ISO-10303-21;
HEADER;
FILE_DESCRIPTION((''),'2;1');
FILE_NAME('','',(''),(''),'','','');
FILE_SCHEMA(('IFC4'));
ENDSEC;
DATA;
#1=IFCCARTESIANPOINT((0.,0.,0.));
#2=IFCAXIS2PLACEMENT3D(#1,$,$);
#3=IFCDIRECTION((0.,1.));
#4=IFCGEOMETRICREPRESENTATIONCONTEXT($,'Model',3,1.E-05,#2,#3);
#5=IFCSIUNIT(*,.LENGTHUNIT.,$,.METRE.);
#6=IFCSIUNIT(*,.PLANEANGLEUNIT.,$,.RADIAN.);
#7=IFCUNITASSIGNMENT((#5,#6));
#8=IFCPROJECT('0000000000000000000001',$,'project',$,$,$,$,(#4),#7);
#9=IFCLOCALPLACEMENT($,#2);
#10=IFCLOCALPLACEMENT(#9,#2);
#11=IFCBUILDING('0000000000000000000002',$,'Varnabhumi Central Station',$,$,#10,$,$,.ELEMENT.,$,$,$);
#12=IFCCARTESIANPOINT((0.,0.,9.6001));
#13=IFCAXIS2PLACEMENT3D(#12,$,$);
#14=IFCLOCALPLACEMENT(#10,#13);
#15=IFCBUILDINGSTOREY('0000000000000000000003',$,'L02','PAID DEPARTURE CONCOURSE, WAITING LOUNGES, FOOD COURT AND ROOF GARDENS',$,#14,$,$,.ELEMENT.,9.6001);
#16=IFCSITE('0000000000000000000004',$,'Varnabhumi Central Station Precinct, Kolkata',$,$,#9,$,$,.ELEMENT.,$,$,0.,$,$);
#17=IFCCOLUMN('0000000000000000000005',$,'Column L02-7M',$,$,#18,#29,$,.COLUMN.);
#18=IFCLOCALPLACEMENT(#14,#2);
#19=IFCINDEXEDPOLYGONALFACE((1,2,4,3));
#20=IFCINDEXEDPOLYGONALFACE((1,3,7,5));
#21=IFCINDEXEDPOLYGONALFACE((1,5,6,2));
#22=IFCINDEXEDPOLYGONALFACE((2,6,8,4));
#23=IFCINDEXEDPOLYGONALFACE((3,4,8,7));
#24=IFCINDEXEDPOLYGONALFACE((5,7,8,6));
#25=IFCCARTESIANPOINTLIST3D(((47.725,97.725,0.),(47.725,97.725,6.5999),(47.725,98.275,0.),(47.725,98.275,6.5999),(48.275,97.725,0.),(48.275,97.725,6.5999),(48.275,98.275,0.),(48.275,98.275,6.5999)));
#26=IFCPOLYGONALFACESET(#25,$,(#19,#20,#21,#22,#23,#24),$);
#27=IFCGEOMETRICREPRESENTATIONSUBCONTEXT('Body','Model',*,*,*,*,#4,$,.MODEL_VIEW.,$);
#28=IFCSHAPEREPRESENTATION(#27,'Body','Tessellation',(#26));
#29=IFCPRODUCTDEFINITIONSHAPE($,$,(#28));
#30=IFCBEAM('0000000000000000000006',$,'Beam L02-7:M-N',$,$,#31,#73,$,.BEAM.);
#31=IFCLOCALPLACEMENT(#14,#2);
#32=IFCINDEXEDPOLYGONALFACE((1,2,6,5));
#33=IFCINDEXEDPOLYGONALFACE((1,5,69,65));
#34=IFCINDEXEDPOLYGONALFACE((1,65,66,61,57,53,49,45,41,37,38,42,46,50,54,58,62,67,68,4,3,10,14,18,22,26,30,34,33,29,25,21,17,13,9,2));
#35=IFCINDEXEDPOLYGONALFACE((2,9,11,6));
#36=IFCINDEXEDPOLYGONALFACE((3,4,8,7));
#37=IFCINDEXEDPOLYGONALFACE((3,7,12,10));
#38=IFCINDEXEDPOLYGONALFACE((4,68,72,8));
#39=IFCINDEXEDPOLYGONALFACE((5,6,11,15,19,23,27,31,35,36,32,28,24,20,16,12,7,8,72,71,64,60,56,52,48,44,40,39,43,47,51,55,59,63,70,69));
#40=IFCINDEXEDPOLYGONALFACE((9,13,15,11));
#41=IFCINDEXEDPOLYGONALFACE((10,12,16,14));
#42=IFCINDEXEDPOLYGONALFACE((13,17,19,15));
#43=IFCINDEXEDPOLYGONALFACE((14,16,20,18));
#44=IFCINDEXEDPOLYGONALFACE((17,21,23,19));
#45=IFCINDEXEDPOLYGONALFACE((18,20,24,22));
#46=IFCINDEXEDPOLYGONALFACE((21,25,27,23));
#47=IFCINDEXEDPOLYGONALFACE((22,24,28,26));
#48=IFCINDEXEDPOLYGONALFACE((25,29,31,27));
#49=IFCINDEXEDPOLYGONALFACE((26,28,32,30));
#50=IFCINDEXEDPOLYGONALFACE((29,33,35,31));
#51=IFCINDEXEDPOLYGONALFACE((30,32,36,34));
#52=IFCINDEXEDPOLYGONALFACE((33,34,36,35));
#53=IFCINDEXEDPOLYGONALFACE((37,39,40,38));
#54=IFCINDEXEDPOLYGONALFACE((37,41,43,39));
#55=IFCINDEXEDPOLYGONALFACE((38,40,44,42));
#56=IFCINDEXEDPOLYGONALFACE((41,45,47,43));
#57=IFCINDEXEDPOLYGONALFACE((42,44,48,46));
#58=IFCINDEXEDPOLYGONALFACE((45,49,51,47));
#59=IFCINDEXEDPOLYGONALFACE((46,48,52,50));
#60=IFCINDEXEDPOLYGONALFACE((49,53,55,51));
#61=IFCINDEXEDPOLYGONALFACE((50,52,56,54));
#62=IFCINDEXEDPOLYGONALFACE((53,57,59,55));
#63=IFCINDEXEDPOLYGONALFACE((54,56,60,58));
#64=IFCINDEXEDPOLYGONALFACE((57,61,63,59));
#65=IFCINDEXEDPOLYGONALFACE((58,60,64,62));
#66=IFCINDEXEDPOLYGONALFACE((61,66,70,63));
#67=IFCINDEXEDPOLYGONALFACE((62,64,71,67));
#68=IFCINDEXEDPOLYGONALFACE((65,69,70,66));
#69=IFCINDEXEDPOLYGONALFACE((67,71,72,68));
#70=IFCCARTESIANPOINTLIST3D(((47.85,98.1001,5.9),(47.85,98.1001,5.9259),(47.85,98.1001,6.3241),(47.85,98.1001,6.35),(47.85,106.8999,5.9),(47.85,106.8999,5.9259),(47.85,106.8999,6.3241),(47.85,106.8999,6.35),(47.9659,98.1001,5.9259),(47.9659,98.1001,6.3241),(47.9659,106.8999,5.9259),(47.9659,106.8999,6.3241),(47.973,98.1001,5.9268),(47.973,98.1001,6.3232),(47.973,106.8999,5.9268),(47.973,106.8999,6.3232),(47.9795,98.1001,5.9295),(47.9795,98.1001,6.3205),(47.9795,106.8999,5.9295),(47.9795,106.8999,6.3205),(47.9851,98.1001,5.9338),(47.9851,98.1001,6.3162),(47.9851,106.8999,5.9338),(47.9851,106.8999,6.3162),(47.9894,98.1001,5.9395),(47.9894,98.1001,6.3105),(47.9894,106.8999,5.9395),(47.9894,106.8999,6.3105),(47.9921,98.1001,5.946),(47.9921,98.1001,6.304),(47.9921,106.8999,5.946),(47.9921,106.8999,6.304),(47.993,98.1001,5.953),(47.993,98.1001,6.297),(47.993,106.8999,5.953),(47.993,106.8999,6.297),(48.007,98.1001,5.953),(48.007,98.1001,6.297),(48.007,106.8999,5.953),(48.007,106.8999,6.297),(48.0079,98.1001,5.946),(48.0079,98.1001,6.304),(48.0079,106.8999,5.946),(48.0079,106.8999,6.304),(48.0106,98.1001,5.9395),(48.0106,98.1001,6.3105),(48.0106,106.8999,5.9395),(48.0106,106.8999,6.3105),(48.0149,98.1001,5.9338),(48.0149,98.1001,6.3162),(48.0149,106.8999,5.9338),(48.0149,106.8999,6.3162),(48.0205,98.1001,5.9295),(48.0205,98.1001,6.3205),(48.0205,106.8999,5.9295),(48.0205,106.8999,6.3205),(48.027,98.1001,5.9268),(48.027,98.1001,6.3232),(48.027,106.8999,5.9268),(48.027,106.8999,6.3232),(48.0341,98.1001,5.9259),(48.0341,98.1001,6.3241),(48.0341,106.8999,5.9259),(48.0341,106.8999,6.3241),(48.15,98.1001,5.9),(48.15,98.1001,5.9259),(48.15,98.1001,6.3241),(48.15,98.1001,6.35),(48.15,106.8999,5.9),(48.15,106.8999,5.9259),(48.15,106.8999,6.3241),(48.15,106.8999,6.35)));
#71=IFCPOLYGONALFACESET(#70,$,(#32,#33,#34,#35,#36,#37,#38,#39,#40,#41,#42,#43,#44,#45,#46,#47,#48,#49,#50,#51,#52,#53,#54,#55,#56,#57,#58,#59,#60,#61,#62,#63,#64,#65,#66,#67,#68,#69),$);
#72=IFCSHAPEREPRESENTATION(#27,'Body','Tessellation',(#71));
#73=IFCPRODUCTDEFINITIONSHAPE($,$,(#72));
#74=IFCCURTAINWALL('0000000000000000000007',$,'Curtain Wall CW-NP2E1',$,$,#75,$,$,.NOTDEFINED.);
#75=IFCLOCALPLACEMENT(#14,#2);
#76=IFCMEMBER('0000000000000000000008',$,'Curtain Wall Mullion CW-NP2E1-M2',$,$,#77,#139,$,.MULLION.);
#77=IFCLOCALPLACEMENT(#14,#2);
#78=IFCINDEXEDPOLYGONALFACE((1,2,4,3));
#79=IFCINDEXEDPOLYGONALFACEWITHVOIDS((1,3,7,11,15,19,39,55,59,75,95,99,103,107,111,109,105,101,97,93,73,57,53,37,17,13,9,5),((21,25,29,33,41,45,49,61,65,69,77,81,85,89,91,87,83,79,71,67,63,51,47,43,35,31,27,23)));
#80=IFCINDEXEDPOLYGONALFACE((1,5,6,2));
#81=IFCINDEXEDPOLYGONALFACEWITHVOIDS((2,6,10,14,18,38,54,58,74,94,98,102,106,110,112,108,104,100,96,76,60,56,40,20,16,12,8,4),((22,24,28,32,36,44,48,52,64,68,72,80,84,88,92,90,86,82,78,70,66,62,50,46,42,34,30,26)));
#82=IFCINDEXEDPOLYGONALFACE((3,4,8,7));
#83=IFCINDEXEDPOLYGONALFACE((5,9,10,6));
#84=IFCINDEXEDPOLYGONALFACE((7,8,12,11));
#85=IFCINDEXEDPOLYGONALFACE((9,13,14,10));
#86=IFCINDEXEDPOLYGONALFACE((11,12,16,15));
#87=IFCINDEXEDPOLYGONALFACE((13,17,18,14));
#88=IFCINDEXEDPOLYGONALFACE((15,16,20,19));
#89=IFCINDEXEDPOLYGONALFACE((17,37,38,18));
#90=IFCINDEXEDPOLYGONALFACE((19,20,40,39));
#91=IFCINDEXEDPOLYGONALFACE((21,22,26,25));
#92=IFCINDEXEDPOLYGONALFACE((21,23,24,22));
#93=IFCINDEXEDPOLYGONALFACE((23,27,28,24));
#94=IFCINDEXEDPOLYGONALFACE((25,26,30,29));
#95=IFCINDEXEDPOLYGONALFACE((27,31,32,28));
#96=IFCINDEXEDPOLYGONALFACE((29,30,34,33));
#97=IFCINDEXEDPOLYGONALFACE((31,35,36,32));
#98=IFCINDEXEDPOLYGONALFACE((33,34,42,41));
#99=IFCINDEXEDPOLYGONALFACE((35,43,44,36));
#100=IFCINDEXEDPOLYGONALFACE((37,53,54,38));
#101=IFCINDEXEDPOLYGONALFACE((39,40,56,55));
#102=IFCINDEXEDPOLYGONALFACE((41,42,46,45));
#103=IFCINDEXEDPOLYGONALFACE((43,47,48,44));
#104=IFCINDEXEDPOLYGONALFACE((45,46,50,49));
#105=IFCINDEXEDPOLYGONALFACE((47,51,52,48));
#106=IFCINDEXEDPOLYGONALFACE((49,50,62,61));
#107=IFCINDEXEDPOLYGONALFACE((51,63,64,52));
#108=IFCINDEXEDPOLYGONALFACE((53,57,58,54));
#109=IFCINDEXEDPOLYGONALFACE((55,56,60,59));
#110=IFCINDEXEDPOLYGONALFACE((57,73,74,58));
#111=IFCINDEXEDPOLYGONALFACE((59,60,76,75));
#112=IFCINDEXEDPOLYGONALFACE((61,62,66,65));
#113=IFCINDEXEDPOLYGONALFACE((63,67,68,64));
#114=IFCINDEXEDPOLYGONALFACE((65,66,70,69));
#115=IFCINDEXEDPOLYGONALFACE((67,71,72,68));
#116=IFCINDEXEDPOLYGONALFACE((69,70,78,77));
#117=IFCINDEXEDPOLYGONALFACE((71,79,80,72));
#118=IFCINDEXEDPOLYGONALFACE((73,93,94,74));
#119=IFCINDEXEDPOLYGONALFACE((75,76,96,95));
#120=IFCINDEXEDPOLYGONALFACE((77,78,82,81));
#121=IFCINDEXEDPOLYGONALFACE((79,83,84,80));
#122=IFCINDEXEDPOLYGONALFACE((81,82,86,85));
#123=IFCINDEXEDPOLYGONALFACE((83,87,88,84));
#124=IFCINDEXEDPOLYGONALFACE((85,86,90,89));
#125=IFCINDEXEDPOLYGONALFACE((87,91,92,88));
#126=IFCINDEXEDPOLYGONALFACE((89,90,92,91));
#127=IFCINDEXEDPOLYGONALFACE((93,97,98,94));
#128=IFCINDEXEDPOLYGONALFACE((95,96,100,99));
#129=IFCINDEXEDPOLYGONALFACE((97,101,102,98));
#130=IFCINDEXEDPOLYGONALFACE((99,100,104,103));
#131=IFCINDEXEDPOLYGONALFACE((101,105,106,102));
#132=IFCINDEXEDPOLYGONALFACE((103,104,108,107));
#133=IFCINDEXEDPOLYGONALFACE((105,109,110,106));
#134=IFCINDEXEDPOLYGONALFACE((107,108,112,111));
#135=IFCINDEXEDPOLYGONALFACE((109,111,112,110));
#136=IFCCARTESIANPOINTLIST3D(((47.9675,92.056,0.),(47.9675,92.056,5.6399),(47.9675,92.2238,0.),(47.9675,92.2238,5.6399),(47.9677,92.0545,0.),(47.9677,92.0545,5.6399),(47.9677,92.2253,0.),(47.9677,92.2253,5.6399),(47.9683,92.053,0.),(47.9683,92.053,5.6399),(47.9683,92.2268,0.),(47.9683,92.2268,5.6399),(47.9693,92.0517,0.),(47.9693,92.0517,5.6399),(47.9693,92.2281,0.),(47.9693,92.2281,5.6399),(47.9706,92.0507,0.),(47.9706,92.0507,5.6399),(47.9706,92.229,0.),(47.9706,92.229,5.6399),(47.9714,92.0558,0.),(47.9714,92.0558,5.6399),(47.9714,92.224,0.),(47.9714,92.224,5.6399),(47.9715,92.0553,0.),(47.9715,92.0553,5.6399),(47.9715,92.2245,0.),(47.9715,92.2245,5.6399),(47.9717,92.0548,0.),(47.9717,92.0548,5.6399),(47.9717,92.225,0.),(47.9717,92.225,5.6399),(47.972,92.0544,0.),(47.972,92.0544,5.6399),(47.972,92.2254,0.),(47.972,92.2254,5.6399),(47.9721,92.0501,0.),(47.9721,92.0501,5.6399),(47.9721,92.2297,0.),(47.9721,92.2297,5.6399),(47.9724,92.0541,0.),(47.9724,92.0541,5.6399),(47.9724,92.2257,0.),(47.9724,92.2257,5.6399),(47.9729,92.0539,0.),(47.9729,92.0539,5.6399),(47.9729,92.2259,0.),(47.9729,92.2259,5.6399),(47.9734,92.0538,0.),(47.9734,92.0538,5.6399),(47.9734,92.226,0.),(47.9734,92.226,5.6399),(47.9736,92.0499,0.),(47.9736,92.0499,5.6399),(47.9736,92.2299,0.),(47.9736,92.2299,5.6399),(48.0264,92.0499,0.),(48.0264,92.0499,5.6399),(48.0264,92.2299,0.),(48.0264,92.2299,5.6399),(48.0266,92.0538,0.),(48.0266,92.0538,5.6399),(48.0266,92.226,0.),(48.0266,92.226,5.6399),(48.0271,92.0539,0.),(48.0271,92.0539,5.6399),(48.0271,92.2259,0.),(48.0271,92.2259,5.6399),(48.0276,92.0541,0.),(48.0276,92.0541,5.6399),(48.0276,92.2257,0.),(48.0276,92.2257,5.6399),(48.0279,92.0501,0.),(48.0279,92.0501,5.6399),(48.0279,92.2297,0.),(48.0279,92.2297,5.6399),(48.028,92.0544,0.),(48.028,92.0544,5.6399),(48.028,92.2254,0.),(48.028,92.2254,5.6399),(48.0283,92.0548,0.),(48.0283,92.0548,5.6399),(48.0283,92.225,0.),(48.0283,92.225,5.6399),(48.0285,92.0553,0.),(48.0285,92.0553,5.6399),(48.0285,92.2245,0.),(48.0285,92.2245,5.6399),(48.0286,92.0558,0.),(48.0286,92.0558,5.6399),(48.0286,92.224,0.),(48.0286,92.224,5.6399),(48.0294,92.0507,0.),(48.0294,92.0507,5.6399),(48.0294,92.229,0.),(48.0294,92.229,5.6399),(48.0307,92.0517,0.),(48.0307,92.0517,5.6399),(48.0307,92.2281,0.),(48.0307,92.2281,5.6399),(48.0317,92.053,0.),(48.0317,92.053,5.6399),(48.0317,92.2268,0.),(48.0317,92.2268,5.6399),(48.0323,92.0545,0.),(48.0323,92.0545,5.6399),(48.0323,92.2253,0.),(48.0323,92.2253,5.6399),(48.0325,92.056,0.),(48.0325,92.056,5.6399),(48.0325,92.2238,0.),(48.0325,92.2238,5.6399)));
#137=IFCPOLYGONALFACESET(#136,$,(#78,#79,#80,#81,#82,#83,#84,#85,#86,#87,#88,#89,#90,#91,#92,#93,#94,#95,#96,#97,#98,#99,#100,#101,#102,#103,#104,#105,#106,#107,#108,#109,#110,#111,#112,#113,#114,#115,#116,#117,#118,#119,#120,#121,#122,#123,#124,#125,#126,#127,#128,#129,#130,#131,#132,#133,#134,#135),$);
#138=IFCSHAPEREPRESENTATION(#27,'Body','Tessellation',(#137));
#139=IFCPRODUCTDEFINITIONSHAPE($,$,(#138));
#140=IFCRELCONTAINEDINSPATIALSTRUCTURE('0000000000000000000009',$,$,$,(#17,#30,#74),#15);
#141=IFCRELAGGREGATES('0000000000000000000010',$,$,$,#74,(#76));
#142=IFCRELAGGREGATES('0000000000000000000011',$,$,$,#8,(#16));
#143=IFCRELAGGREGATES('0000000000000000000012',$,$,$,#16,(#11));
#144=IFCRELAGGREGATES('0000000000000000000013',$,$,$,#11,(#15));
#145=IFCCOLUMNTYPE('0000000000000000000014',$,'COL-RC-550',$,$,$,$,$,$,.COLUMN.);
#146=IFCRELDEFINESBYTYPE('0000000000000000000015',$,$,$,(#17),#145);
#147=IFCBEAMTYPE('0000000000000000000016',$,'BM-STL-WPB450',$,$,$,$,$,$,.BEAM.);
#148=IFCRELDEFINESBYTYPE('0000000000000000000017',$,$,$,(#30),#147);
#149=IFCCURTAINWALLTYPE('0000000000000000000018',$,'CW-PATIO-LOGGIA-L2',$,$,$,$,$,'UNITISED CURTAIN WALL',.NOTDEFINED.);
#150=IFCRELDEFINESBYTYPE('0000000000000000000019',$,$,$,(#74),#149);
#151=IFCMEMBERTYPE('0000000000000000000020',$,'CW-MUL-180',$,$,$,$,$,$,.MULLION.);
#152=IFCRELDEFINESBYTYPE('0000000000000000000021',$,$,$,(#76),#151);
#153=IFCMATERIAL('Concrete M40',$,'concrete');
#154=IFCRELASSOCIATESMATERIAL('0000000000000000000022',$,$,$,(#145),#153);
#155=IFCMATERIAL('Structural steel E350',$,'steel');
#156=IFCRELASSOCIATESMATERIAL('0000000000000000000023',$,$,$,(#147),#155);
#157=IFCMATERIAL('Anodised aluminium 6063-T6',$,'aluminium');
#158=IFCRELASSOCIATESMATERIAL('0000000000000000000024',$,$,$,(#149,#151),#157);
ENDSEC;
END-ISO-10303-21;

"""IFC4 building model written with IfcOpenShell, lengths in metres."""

from ifc_helpers import new_model, si_unit, direction, frame, origin, origin_2d, place, context, subcontext, project, spatial, rectangle, hollow_rectangle, i_section, extrude, material, material_profile, profile_set, type_object, element, aggregate, save


model = new_model("IFC4")

# Units and contexts
model_context = context("Model", 3, precision=1e-05, world=origin(), true_north=direction((0.0, 1.0)))
body_context = subcontext(model_context, "Body", "Model", "MODEL_VIEW")
ifc_project = project(units=[si_unit("LENGTHUNIT", "METRE"), si_unit("PLANEANGLEUNIT", "RADIAN")], contexts=[model_context])

# Site, building, storey
site_placement = place(None, origin())
site = spatial("IfcSite", under=ifc_project, at=site_placement, Name="Varnabhumi Central Station Precinct, Kolkata", CompositionType="ELEMENT", RefElevation=0.0)
building_placement = place(site_placement, origin())
building = spatial("IfcBuilding", under=site, at=building_placement, Name="Varnabhumi Central Station", CompositionType="ELEMENT")
storey_placement = place(building_placement, frame((0.0, 0.0, 9.6001)))
storey = spatial("IfcBuildingStorey", under=building, at=storey_placement, Name="L02", Description="PAID DEPARTURE CONCOURSE, WAITING LOUNGES, FOOD COURT AND ROOF GARDENS", CompositionType="ELEMENT", Elevation=9.6001)

# Column
ifc_material_1 = material(Name="Concrete M40", Category="concrete")
ifc_material_profile_1 = material_profile(ifc_material_1, rectangle(XDim=0.55, YDim=0.55, at=origin_2d()), Name="Concrete M40", Category="concrete")
ifc_profile_set_1 = profile_set([ifc_material_profile_1], Name="Concrete M40")
column_type = type_object("IfcColumnType", Name="COL-RC-550", PredefinedType="COLUMN", material=ifc_profile_set_1)
column_placement = place(storey_placement, frame((48.0, 98.0, 0.0), z_axis=(0.0, 0.0, 1.0), x_axis=(1.0, 0.0, 0.0)))
element("IfcColumn", 1, at=column_placement, inside=storey, type_object=column_type, Name="Column L02-7M", PredefinedType="COLUMN", context=body_context, shape_type="SweptSolid", body=[
    extrude(rectangle(XDim=0.55, YDim=0.55, at=origin_2d()), origin(), (0.0, 0.0, 1.0), 6.5999),
])

# Beam
ifc_material_2 = material(Name="Structural steel E350", Category="steel")
ifc_material_profile_2 = material_profile(ifc_material_2, i_section(OverallWidth=0.3, OverallDepth=0.45, WebThickness=0.0139, FlangeThickness=0.0259, FilletRadius=0.0271, at=origin_2d()), Name="Structural steel E350", Category="steel")
ifc_profile_set_2 = profile_set([ifc_material_profile_2], Name="Structural steel E350")
beam_type = type_object("IfcBeamType", Name="BM-STL-WPB450", PredefinedType="BEAM", material=ifc_profile_set_2)
beam_placement = place(storey_placement, frame((48.0, 98.1001, 6.125), z_axis=(0.0, 1.0, 0.0), x_axis=(-1.0, 0.0, 0.0)))
element("IfcBeam", 2, at=beam_placement, inside=storey, type_object=beam_type, Name="Beam L02-7:M-N", PredefinedType="BEAM", context=body_context, shape_type="SweptSolid", body=[
    extrude(i_section(OverallWidth=0.3, OverallDepth=0.45, WebThickness=0.0139, FlangeThickness=0.0259, FilletRadius=0.0271, at=origin_2d()), origin(), (0.0, 0.0, 1.0), 8.7998),
])

# Curtain wall, member
ifc_material_3 = material(Name="Anodised aluminium 6063-T6", Category="aluminium")
curtain_wall_type = type_object("IfcCurtainWallType", Name="CW-PATIO-LOGGIA-L2", ElementType="UNITISED CURTAIN WALL", PredefinedType="NOTDEFINED", material=ifc_material_3)
curtain_wall_1_placement = place(storey_placement, origin())
curtain_wall_1 = element("IfcCurtainWall", 3, at=curtain_wall_1_placement, inside=storey, type_object=curtain_wall_type, Name="Curtain Wall CW-NP2E1", PredefinedType="NOTDEFINED")
ifc_material_profile_3 = material_profile(ifc_material_3, hollow_rectangle(XDim=0.0649, YDim=0.1799, WallThickness=0.0039, InnerFilletRadius=0.002, OuterFilletRadius=0.0061, at=origin_2d()), Name="Anodised aluminium 6063-T6", Category="aluminium")
ifc_profile_set_3 = profile_set([ifc_material_profile_3], Name="Anodised aluminium 6063-T6")
member_type_1 = type_object("IfcMemberType", Name="CW-MUL-180", PredefinedType="MULLION", material=ifc_profile_set_3)
member_1_placement = place(storey_placement, frame((48.0, 92.1399, 0.0), z_axis=(0.0, 0.0, 1.0), x_axis=(1.0, 0.0, 0.0)))
member_1 = element("IfcMember", 4, at=member_1_placement, type_object=member_type_1, Name="Curtain Wall Mullion CW-NP2E1-M2", PredefinedType="MULLION", context=body_context, shape_type="SweptSolid", body=[
    extrude(hollow_rectangle(XDim=0.0649, YDim=0.1799, WallThickness=0.0039, InnerFilletRadius=0.002, OuterFilletRadius=0.0061, at=origin_2d()), origin(), (0.0, 0.0, 1.0), 5.6399),
])

aggregate(curtain_wall_1, [member_1])

save(model, "model.ifc")
